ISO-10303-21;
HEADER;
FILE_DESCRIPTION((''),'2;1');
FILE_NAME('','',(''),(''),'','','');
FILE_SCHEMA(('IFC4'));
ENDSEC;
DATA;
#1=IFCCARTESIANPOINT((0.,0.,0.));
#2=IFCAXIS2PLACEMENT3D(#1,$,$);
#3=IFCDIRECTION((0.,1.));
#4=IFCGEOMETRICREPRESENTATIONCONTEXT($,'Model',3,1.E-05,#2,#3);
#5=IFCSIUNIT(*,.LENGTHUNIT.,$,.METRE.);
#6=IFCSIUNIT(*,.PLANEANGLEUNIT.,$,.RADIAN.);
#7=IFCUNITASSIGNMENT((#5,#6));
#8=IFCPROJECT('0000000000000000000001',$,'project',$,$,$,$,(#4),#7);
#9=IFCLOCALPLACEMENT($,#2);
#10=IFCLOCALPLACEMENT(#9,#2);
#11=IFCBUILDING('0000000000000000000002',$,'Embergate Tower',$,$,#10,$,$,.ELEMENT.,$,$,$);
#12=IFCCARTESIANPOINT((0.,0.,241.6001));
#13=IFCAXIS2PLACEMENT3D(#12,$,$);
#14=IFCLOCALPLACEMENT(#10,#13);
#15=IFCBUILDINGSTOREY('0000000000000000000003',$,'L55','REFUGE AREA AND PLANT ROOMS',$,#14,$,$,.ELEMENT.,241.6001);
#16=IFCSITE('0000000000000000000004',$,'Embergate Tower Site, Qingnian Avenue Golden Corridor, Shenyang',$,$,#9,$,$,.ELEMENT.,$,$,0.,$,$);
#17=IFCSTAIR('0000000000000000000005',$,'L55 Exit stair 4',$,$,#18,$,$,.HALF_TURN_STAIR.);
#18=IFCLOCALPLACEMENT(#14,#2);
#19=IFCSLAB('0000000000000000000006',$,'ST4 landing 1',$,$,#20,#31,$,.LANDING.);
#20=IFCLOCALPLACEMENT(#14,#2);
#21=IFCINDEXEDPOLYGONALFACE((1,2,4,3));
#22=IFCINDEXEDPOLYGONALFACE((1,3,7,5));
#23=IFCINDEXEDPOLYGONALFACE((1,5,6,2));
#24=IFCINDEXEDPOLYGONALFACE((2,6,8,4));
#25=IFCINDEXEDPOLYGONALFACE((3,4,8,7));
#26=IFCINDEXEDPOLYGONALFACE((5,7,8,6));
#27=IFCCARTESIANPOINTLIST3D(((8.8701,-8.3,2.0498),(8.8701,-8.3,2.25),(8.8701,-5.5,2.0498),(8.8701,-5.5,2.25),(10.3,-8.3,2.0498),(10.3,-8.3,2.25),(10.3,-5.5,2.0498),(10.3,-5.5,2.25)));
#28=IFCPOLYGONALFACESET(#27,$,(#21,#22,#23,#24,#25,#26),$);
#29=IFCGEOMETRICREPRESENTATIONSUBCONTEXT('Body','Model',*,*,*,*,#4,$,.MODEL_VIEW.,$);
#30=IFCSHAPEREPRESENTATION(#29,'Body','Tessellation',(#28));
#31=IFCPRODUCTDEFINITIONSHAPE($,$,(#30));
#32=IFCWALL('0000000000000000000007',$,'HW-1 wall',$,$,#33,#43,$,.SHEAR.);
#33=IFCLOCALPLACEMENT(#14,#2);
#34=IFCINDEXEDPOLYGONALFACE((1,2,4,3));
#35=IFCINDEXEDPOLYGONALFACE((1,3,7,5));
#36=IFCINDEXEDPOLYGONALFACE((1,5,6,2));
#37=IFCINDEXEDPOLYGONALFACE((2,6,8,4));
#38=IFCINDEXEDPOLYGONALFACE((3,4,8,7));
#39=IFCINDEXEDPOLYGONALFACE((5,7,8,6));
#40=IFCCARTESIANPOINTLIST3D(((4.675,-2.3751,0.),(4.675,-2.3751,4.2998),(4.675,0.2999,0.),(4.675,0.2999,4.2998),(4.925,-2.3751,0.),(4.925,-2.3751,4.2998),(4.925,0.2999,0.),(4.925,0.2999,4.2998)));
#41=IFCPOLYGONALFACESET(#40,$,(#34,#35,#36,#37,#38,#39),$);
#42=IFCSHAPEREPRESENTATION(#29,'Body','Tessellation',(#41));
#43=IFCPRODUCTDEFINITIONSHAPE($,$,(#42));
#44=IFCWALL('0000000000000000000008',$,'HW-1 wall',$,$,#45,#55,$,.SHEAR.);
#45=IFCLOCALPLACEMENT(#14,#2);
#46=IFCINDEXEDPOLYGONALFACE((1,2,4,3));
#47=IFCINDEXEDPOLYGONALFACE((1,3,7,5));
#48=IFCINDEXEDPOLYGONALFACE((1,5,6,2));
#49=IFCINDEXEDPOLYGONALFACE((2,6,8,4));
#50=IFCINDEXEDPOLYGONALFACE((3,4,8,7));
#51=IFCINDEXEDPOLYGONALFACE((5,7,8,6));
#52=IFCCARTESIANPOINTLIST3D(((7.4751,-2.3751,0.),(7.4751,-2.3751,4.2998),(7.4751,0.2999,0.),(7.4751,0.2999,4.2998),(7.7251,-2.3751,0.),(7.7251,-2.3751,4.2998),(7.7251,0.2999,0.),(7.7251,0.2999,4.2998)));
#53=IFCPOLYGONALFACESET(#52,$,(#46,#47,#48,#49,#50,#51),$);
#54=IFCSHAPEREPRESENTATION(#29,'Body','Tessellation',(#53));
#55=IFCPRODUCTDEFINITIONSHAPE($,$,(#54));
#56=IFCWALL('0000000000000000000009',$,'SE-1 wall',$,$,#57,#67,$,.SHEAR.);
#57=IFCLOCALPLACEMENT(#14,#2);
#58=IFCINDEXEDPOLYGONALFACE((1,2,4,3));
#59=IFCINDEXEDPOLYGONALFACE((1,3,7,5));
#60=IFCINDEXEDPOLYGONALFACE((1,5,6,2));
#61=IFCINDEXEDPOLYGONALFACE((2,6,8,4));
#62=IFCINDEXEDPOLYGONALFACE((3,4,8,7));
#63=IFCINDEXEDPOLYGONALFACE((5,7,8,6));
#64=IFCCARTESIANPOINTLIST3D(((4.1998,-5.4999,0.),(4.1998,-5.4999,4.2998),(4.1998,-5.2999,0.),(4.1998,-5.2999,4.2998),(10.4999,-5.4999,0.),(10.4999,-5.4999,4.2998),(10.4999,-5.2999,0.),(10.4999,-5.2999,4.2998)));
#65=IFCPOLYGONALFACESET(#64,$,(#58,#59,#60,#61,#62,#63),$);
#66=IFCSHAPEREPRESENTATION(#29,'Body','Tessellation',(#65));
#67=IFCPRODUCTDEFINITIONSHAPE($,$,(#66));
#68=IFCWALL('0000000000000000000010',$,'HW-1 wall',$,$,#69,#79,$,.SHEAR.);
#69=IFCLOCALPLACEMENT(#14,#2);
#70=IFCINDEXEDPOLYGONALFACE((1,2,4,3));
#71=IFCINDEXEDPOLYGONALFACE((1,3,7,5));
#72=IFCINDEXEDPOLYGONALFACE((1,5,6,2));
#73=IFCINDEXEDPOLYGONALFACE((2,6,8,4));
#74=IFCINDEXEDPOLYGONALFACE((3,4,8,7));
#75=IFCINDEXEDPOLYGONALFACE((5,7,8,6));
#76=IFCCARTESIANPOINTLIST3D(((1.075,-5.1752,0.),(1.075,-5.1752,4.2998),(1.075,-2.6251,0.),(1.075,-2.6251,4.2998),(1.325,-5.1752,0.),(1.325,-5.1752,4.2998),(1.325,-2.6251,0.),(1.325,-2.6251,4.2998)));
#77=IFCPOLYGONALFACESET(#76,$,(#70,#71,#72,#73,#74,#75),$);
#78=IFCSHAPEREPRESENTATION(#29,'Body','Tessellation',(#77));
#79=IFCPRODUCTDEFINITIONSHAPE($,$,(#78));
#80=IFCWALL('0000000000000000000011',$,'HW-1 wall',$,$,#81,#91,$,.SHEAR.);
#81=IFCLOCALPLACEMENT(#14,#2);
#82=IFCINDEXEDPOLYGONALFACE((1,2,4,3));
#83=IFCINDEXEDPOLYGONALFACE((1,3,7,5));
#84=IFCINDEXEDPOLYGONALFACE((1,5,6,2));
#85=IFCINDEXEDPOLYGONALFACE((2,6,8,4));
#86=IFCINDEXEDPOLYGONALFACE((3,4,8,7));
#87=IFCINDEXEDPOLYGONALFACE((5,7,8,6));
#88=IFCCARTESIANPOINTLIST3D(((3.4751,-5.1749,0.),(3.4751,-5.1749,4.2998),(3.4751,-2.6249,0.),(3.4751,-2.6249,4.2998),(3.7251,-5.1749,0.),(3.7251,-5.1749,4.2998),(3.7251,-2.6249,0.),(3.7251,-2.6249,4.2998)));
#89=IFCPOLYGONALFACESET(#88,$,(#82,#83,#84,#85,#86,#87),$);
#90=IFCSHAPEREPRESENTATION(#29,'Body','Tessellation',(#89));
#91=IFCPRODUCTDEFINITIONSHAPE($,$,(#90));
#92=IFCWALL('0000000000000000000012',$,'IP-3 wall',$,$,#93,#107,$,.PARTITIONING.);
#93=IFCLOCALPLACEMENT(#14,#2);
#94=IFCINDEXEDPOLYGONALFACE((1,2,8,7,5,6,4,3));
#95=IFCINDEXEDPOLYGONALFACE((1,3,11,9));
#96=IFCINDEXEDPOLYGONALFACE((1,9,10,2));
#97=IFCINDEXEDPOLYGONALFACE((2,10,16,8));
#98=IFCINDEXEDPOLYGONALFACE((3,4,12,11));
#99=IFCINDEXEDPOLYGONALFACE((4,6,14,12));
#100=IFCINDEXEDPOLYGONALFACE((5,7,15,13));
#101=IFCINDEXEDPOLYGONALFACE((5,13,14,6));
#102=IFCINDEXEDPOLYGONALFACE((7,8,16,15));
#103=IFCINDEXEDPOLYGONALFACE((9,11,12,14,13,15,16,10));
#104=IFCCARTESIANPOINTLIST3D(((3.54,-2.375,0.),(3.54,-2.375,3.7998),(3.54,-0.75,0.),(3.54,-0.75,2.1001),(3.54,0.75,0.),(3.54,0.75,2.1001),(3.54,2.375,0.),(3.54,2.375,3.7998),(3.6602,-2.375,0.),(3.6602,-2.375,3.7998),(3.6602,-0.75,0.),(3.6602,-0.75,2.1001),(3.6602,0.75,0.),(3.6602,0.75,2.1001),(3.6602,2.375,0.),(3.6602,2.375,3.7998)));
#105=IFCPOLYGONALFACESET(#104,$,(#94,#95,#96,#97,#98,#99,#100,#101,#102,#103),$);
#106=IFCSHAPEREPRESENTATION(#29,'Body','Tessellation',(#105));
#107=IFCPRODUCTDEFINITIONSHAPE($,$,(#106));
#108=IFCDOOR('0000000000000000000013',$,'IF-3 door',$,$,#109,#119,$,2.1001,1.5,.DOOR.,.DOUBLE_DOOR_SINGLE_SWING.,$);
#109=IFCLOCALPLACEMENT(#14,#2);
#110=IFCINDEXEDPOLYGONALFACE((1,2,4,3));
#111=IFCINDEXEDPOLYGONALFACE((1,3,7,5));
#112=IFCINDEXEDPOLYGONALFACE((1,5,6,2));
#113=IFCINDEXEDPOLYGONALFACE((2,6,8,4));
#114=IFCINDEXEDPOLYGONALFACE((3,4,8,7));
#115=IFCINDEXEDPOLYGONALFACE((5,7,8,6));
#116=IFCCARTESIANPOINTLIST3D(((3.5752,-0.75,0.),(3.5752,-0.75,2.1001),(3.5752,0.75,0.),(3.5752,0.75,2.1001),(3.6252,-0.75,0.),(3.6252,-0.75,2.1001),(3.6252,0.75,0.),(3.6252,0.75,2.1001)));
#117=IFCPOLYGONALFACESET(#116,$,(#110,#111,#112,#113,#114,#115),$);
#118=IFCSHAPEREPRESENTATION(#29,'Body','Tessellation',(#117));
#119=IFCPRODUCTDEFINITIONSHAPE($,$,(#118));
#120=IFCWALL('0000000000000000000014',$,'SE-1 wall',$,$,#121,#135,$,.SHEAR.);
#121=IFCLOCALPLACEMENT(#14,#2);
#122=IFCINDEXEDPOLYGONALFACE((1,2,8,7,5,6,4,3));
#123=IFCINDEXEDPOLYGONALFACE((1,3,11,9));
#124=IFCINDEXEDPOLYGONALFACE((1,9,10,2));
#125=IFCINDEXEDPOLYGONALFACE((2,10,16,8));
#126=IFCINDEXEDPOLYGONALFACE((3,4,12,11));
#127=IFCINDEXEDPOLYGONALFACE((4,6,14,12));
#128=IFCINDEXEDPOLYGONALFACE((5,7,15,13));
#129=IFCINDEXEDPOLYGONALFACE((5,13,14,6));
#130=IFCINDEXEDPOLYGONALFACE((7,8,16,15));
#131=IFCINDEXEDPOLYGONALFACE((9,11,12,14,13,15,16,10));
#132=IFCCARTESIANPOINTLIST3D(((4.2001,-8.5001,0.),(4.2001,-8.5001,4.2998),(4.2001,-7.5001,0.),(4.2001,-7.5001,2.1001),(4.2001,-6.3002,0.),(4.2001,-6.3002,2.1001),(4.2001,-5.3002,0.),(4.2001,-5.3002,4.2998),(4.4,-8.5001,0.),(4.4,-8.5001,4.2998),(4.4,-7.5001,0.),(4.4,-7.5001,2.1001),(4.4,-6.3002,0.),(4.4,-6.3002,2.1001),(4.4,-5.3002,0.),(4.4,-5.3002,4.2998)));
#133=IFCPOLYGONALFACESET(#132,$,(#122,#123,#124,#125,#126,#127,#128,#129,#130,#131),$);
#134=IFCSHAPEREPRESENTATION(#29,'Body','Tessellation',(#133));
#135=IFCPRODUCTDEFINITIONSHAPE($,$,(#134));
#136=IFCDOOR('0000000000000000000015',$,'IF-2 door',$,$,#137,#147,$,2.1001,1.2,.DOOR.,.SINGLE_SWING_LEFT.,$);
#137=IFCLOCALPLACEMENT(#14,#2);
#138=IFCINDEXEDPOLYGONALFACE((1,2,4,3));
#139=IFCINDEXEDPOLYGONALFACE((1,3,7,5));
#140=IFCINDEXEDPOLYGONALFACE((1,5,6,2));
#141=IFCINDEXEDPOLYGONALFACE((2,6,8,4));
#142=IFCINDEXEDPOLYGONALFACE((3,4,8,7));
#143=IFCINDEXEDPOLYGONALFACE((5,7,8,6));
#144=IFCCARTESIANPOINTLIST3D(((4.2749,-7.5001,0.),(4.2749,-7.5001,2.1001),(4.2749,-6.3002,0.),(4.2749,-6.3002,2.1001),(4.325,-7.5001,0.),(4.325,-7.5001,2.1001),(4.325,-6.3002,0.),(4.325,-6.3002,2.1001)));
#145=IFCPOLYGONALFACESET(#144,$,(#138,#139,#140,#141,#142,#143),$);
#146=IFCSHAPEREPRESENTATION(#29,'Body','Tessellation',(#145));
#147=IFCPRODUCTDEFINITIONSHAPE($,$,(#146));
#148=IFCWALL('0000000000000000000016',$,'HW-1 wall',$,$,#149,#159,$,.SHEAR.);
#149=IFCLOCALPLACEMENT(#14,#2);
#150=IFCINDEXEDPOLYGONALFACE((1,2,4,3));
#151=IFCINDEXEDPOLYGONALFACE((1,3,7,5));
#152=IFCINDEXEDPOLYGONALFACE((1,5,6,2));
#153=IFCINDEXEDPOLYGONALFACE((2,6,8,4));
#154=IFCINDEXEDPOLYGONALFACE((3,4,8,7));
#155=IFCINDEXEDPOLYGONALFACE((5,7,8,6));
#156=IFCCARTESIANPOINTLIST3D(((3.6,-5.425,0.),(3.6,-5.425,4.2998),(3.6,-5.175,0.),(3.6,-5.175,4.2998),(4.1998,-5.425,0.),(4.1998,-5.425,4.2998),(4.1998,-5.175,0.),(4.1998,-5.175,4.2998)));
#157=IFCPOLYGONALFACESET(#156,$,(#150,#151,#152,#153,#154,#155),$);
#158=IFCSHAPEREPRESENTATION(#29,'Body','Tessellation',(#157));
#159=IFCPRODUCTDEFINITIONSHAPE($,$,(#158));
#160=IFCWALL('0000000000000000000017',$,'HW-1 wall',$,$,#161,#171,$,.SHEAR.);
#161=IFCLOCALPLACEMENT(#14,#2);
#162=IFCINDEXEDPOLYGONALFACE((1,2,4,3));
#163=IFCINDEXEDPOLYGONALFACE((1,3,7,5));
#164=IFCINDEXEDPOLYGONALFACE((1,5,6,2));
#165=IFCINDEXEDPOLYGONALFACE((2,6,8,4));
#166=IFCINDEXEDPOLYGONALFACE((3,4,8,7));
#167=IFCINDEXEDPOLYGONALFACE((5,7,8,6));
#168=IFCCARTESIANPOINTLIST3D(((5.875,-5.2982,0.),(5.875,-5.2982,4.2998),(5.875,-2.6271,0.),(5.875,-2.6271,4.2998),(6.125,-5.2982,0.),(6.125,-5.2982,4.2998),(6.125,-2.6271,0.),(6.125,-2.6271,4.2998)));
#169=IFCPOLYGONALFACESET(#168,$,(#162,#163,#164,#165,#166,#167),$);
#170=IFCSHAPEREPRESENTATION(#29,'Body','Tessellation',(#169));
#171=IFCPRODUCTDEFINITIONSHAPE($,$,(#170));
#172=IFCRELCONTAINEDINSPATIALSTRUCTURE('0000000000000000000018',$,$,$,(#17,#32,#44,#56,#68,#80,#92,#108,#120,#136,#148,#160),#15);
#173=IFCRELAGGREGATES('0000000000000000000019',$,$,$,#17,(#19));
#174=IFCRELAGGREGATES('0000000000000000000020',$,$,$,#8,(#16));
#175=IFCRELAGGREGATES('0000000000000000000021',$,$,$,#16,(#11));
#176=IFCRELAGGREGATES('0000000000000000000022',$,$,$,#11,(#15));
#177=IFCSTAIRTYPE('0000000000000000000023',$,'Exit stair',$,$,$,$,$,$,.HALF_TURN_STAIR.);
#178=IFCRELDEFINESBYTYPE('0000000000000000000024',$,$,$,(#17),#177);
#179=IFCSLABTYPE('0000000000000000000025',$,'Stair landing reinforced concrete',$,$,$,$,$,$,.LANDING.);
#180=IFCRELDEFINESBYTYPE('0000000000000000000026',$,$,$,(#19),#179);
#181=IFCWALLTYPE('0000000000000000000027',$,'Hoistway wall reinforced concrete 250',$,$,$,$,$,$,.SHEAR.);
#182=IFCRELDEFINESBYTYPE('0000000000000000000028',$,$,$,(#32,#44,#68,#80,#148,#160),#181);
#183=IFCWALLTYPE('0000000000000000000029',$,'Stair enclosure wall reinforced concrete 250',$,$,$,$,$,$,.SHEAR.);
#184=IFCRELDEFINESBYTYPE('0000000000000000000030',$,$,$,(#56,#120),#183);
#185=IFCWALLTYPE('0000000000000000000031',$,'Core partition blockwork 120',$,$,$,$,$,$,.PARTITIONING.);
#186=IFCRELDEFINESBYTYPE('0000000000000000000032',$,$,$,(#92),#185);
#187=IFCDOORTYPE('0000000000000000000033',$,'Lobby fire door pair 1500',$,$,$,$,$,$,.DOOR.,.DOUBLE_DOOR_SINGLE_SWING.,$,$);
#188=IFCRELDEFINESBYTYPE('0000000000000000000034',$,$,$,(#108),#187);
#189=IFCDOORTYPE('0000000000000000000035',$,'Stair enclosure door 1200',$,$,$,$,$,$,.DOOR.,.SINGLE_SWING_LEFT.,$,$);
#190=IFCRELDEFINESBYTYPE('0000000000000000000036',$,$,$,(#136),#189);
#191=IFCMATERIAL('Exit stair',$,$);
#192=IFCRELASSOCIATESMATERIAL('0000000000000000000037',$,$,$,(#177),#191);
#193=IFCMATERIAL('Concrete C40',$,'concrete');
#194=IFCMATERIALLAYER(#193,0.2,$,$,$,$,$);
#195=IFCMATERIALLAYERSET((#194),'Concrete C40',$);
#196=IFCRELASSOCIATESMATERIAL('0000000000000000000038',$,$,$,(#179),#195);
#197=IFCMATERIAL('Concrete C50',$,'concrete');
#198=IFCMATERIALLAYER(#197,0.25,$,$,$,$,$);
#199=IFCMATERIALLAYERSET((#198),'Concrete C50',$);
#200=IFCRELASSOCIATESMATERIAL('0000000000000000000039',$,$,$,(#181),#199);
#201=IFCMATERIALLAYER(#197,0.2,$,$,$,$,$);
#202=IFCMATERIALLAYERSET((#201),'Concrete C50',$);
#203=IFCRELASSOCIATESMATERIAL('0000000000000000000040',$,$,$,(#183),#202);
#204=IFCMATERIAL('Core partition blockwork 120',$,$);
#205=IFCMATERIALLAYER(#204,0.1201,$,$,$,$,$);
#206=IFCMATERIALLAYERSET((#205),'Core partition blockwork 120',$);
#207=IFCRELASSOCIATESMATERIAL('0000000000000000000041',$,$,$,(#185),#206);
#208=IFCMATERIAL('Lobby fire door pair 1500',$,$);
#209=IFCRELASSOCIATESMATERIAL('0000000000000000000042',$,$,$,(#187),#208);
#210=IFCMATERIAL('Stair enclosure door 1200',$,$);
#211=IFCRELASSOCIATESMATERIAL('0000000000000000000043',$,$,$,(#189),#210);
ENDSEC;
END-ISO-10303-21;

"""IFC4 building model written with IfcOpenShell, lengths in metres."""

from ifc_helpers import new_model, si_unit, direction, frame, frame_2d, origin, place, context, subcontext, project, spatial, polyline, rectangle, outline, extrude, source, transform, mapped, material, layer, layer_set, type_object, element, fill, aggregate, save


model = new_model("IFC4")

# Units and contexts
model_context = context("Model", 3, precision=1e-05, world=origin(), true_north=direction((0.0, 1.0)))
body_context = subcontext(model_context, "Body", "Model", "MODEL_VIEW")
ifc_project = project(units=[si_unit("LENGTHUNIT", "METRE"), si_unit("PLANEANGLEUNIT", "RADIAN")], contexts=[model_context])

# Site, building, storey
site_placement = place(None, origin())
site = spatial("IfcSite", under=ifc_project, at=site_placement, Name="Embergate Tower Site, Qingnian Avenue Golden Corridor, Shenyang", CompositionType="ELEMENT", RefElevation=0.0)
building_placement = place(site_placement, origin())
building = spatial("IfcBuilding", under=site, at=building_placement, Name="Embergate Tower", CompositionType="ELEMENT")
storey_placement = place(building_placement, frame((0.0, 0.0, 241.6001)))
storey = spatial("IfcBuildingStorey", under=building, at=storey_placement, Name="L55", Description="REFUGE AREA AND PLANT ROOMS", CompositionType="ELEMENT", Elevation=241.6001)

# Stair, slab
ifc_material_1 = material(Name="Exit stair")
stair_type = type_object("IfcStairType", Name="Exit stair", PredefinedType="HALF_TURN_STAIR", material=ifc_material_1)
stair_placement = place(storey_placement, origin())
stair = element("IfcStair", 1, at=stair_placement, inside=storey, type_object=stair_type, Name="L55 Exit stair 4", PredefinedType="HALF_TURN_STAIR")
ifc_material_2 = material(Name="Concrete C40", Category="concrete")
ifc_layer_1 = layer(ifc_material_2, 0.2)
ifc_layer_set_1 = layer_set([ifc_layer_1], Name="Concrete C40")
slab_type = type_object("IfcSlabType", Name="Stair landing reinforced concrete", PredefinedType="LANDING", material=ifc_layer_set_1)
shared_shape_1 = source(origin(), body_context, "Body", "SweptSolid", [
    extrude(outline(polyline([(0.0, 0.0), (1.4299, 0.0), (1.4299, 2.8), (0.0, 2.8), (0.0, 0.0)])), origin(), (0.0, 0.0, 1.0), 0.2002),
])
slab_placement = place(storey_placement, frame((8.8701, -8.3, 2.0498)))
slab = element("IfcSlab", 2, at=slab_placement, type_object=slab_type, Name="ST4 landing 1", PredefinedType="LANDING", context=body_context, shape_type="MappedRepresentation", body=[
    mapped(shared_shape_1, transform((0.0, 0.0, 0.0))),
])

# Walls
ifc_material_3 = material(Name="Concrete C50", Category="concrete")
ifc_layer_2 = layer(ifc_material_3, 0.25)
ifc_layer_set_2 = layer_set([ifc_layer_2], Name="Concrete C50")
wall_type_1 = type_object("IfcWallType", Name="Hoistway wall reinforced concrete 250", PredefinedType="SHEAR", material=ifc_layer_set_2)
shared_shape_2 = source(origin(), body_context, "Body", "SweptSolid", [
    extrude(rectangle(XDim=2.675, YDim=0.25, at=frame_2d((1.3374, 0.0))), origin(), (0.0, 0.0, 1.0), 4.2998),
])
for number, where, z_axis, x_axis, name in (
    (3, (4.8, -2.375, 0.0), (0.0, 0.0, 1.0), (0.0, 1.0, 0.0), "HW-1 wall"),
    (4, (7.6001, -2.375, 0.0), (0.0, 0.0, 1.0), (0.0, 1.0, 0.0), "HW-1 wall"),
):
    element("IfcWall", number, at=place(storey_placement, frame(where, z_axis=z_axis, x_axis=x_axis)), inside=storey, type_object=wall_type_1, Name=name, PredefinedType="SHEAR", context=body_context, shape_type="MappedRepresentation", body=[
        mapped(shared_shape_2, transform((0.0, 0.0, 0.0))),
    ])
ifc_layer_3 = layer(ifc_material_3, 0.2)
ifc_layer_set_3 = layer_set([ifc_layer_3], Name="Concrete C50")
wall_type_2 = type_object("IfcWallType", Name="Stair enclosure wall reinforced concrete 250", PredefinedType="SHEAR", material=ifc_layer_set_3)
shared_shape_3 = source(origin(), body_context, "Body", "SweptSolid", [
    extrude(rectangle(XDim=6.3, YDim=0.2, at=frame_2d((3.1499, 0.0))), origin(), (0.0, 0.0, 1.0), 4.2998),
])
wall_1_placement = place(storey_placement, frame((4.2, -5.3999, 0.0), z_axis=(0.0, 0.0, 1.0), x_axis=(1.0, 0.0, 0.0)))
element("IfcWall", 5, at=wall_1_placement, inside=storey, type_object=wall_type_2, Name="SE-1 wall", PredefinedType="SHEAR", context=body_context, shape_type="MappedRepresentation", body=[
    mapped(shared_shape_3, transform((0.0, 0.0, 0.0))),
])
shared_shape_4 = source(origin(), body_context, "Body", "SweptSolid", [
    extrude(rectangle(XDim=2.55, YDim=0.25, at=frame_2d((1.2749, 0.0))), origin(), (0.0, 0.0, 1.0), 4.2998),
])
for number, where, z_axis, x_axis, name in (
    (6, (1.2, -5.175, 0.0), (0.0, 0.0, 1.0), (0.0, 1.0, 0.0), "HW-1 wall"),
    (7, (3.6001, -2.625, 0.0), (0.0, 0.0, 1.0), (0.0, -1.0, 0.0), "HW-1 wall"),
):
    element("IfcWall", number, at=place(storey_placement, frame(where, z_axis=z_axis, x_axis=x_axis)), inside=storey, type_object=wall_type_1, Name=name, PredefinedType="SHEAR", context=body_context, shape_type="MappedRepresentation", body=[
        mapped(shared_shape_4, transform((0.0, 0.0, 0.0))),
    ])

# Walls, openings, doors
ifc_material_4 = material(Name="Core partition blockwork 120")
ifc_layer_4 = layer(ifc_material_4, 0.1201)
ifc_layer_set_4 = layer_set([ifc_layer_4], Name="Core partition blockwork 120")
wall_type_3 = type_object("IfcWallType", Name="Core partition blockwork 120", PredefinedType="PARTITIONING", material=ifc_layer_set_4)
shared_shape_5 = source(origin(), body_context, "Body", "SweptSolid", [
    extrude(rectangle(XDim=4.75, YDim=0.1201, at=frame_2d((2.375, 0.0))), origin(), (0.0, 0.0, 1.0), 3.7998),
])
wall_2_placement = place(storey_placement, frame((3.6001, -2.375, 0.0), z_axis=(0.0, 0.0, 1.0), x_axis=(0.0, 1.0, 0.0)))
wall_2 = element("IfcWall", 8, at=wall_2_placement, inside=storey, type_object=wall_type_3, Name="IP-3 wall", PredefinedType="PARTITIONING", context=body_context, shape_type="MappedRepresentation", body=[
    mapped(shared_shape_5, transform((0.0, 0.0, 0.0))),
])
shared_shape_6 = source(origin(), body_context, "Body", "SweptSolid", [
    extrude(rectangle(XDim=1.5, YDim=2.1001, at=frame_2d((0.75, 1.05))), frame((0.0, 0.0701, 0.0), z_axis=(0.0, -1.0, 0.0), x_axis=(1.0, 0.0, 0.0)), (0.0, 0.0, 1.0), 0.1401),
])
opening_1_placement = place(wall_2_placement, frame((1.625, 0.0, 0.0)))
opening_1 = element("IfcOpeningElement", 9, at=opening_1_placement, cuts=wall_2, PredefinedType="OPENING", context=body_context, shape_type="MappedRepresentation", body=[
    mapped(shared_shape_6, transform((0.0, 0.0, 0.0))),
])
ifc_material_5 = material(Name="Lobby fire door pair 1500")
door_type_1 = type_object("IfcDoorType", Name="Lobby fire door pair 1500", OperationType="DOUBLE_DOOR_SINGLE_SWING", PredefinedType="DOOR", material=ifc_material_5)
shared_shape_7 = source(origin(), body_context, "Body", "SweptSolid", [
    extrude(rectangle(XDim=1.5, YDim=2.1001, at=frame_2d((0.75, 1.05))), frame((0.0, 0.0249, 0.0), z_axis=(0.0, -1.0, 0.0), x_axis=(1.0, 0.0, 0.0)), (0.0, 0.0, 1.0), 0.05),
])
door_1_placement = place(opening_1_placement, origin())
door_1 = element("IfcDoor", 10, at=door_1_placement, inside=storey, type_object=door_type_1, Name="IF-3 door", OperationType="DOUBLE_DOOR_SINGLE_SWING", OverallHeight=2.1001, OverallWidth=1.5, PredefinedType="DOOR", context=body_context, shape_type="MappedRepresentation", body=[
    mapped(shared_shape_7, transform((0.0, 0.0, 0.0))),
])
fill(opening_1, door_1)
shared_shape_8 = source(origin(), body_context, "Body", "SweptSolid", [
    extrude(rectangle(XDim=3.2, YDim=0.2, at=frame_2d((1.6001, 0.0))), origin(), (0.0, 0.0, 1.0), 4.2998),
])
wall_3_placement = place(storey_placement, frame((4.3, -5.3, 0.0), z_axis=(0.0, 0.0, 1.0), x_axis=(0.0, -1.0, 0.0)))
wall_3 = element("IfcWall", 11, at=wall_3_placement, inside=storey, type_object=wall_type_2, Name="SE-1 wall", PredefinedType="SHEAR", context=body_context, shape_type="MappedRepresentation", body=[
    mapped(shared_shape_8, transform((0.0, 0.0, 0.0))),
])
shared_shape_9 = source(origin(), body_context, "Body", "SweptSolid", [
    extrude(rectangle(XDim=1.2, YDim=2.1001, at=frame_2d((0.6001, 1.05))), frame((0.0, 0.1099, 0.0), z_axis=(0.0, -1.0, 0.0), x_axis=(1.0, 0.0, 0.0)), (0.0, 0.0, 1.0), 0.22),
])
opening_2_placement = place(wall_3_placement, frame((1.0, 0.0, 0.0)))
opening_2 = element("IfcOpeningElement", 12, at=opening_2_placement, cuts=wall_3, PredefinedType="OPENING", context=body_context, shape_type="MappedRepresentation", body=[
    mapped(shared_shape_9, transform((0.0, 0.0, 0.0))),
])
ifc_material_6 = material(Name="Stair enclosure door 1200")
door_type_2 = type_object("IfcDoorType", Name="Stair enclosure door 1200", OperationType="SINGLE_SWING_LEFT", PredefinedType="DOOR", material=ifc_material_6)
shared_shape_10 = source(origin(), body_context, "Body", "SweptSolid", [
    extrude(rectangle(XDim=1.2, YDim=2.1001, at=frame_2d((0.6001, 1.05))), frame((0.0, 0.0249, 0.0), z_axis=(0.0, -1.0, 0.0), x_axis=(1.0, 0.0, 0.0)), (0.0, 0.0, 1.0), 0.05),
])
door_2_placement = place(opening_2_placement, origin())
door_2 = element("IfcDoor", 13, at=door_2_placement, inside=storey, type_object=door_type_2, Name="IF-2 door", OperationType="SINGLE_SWING_LEFT", OverallHeight=2.1001, OverallWidth=1.2, PredefinedType="DOOR", context=body_context, shape_type="MappedRepresentation", body=[
    mapped(shared_shape_10, transform((0.0, 0.0, 0.0))),
])
fill(opening_2, door_2)

# Walls
shared_shape_11 = source(origin(), body_context, "Body", "SweptSolid", [
    extrude(rectangle(XDim=0.5999, YDim=0.25, at=frame_2d((0.2998, 0.0))), origin(), (0.0, 0.0, 1.0), 4.2998),
])
wall_4_placement = place(storey_placement, frame((3.6001, -5.3, 0.0), z_axis=(0.0, 0.0, 1.0), x_axis=(1.0, 0.0, 0.0)))
element("IfcWall", 14, at=wall_4_placement, inside=storey, type_object=wall_type_1, Name="HW-1 wall", PredefinedType="SHEAR", context=body_context, shape_type="MappedRepresentation", body=[
    mapped(shared_shape_11, transform((0.0, 0.0, 0.0))),
])
shared_shape_12 = source(origin(), body_context, "Body", "SweptSolid", [
    extrude(rectangle(XDim=2.6711, YDim=0.25, at=frame_2d((1.3354, 0.0))), origin(), (0.0, 0.0, 1.0), 4.2998),
])
wall_5_placement = place(storey_placement, frame((6.0, -5.2981, 0.0), z_axis=(0.0, 0.0, 1.0), x_axis=(0.0, 1.0, 0.0)))
element("IfcWall", 15, at=wall_5_placement, inside=storey, type_object=wall_type_1, Name="HW-1 wall", PredefinedType="SHEAR", context=body_context, shape_type="MappedRepresentation", body=[
    mapped(shared_shape_12, transform((0.0, 0.0, 0.0))),
])

aggregate(stair, [slab])

save(model, "model.ifc")
